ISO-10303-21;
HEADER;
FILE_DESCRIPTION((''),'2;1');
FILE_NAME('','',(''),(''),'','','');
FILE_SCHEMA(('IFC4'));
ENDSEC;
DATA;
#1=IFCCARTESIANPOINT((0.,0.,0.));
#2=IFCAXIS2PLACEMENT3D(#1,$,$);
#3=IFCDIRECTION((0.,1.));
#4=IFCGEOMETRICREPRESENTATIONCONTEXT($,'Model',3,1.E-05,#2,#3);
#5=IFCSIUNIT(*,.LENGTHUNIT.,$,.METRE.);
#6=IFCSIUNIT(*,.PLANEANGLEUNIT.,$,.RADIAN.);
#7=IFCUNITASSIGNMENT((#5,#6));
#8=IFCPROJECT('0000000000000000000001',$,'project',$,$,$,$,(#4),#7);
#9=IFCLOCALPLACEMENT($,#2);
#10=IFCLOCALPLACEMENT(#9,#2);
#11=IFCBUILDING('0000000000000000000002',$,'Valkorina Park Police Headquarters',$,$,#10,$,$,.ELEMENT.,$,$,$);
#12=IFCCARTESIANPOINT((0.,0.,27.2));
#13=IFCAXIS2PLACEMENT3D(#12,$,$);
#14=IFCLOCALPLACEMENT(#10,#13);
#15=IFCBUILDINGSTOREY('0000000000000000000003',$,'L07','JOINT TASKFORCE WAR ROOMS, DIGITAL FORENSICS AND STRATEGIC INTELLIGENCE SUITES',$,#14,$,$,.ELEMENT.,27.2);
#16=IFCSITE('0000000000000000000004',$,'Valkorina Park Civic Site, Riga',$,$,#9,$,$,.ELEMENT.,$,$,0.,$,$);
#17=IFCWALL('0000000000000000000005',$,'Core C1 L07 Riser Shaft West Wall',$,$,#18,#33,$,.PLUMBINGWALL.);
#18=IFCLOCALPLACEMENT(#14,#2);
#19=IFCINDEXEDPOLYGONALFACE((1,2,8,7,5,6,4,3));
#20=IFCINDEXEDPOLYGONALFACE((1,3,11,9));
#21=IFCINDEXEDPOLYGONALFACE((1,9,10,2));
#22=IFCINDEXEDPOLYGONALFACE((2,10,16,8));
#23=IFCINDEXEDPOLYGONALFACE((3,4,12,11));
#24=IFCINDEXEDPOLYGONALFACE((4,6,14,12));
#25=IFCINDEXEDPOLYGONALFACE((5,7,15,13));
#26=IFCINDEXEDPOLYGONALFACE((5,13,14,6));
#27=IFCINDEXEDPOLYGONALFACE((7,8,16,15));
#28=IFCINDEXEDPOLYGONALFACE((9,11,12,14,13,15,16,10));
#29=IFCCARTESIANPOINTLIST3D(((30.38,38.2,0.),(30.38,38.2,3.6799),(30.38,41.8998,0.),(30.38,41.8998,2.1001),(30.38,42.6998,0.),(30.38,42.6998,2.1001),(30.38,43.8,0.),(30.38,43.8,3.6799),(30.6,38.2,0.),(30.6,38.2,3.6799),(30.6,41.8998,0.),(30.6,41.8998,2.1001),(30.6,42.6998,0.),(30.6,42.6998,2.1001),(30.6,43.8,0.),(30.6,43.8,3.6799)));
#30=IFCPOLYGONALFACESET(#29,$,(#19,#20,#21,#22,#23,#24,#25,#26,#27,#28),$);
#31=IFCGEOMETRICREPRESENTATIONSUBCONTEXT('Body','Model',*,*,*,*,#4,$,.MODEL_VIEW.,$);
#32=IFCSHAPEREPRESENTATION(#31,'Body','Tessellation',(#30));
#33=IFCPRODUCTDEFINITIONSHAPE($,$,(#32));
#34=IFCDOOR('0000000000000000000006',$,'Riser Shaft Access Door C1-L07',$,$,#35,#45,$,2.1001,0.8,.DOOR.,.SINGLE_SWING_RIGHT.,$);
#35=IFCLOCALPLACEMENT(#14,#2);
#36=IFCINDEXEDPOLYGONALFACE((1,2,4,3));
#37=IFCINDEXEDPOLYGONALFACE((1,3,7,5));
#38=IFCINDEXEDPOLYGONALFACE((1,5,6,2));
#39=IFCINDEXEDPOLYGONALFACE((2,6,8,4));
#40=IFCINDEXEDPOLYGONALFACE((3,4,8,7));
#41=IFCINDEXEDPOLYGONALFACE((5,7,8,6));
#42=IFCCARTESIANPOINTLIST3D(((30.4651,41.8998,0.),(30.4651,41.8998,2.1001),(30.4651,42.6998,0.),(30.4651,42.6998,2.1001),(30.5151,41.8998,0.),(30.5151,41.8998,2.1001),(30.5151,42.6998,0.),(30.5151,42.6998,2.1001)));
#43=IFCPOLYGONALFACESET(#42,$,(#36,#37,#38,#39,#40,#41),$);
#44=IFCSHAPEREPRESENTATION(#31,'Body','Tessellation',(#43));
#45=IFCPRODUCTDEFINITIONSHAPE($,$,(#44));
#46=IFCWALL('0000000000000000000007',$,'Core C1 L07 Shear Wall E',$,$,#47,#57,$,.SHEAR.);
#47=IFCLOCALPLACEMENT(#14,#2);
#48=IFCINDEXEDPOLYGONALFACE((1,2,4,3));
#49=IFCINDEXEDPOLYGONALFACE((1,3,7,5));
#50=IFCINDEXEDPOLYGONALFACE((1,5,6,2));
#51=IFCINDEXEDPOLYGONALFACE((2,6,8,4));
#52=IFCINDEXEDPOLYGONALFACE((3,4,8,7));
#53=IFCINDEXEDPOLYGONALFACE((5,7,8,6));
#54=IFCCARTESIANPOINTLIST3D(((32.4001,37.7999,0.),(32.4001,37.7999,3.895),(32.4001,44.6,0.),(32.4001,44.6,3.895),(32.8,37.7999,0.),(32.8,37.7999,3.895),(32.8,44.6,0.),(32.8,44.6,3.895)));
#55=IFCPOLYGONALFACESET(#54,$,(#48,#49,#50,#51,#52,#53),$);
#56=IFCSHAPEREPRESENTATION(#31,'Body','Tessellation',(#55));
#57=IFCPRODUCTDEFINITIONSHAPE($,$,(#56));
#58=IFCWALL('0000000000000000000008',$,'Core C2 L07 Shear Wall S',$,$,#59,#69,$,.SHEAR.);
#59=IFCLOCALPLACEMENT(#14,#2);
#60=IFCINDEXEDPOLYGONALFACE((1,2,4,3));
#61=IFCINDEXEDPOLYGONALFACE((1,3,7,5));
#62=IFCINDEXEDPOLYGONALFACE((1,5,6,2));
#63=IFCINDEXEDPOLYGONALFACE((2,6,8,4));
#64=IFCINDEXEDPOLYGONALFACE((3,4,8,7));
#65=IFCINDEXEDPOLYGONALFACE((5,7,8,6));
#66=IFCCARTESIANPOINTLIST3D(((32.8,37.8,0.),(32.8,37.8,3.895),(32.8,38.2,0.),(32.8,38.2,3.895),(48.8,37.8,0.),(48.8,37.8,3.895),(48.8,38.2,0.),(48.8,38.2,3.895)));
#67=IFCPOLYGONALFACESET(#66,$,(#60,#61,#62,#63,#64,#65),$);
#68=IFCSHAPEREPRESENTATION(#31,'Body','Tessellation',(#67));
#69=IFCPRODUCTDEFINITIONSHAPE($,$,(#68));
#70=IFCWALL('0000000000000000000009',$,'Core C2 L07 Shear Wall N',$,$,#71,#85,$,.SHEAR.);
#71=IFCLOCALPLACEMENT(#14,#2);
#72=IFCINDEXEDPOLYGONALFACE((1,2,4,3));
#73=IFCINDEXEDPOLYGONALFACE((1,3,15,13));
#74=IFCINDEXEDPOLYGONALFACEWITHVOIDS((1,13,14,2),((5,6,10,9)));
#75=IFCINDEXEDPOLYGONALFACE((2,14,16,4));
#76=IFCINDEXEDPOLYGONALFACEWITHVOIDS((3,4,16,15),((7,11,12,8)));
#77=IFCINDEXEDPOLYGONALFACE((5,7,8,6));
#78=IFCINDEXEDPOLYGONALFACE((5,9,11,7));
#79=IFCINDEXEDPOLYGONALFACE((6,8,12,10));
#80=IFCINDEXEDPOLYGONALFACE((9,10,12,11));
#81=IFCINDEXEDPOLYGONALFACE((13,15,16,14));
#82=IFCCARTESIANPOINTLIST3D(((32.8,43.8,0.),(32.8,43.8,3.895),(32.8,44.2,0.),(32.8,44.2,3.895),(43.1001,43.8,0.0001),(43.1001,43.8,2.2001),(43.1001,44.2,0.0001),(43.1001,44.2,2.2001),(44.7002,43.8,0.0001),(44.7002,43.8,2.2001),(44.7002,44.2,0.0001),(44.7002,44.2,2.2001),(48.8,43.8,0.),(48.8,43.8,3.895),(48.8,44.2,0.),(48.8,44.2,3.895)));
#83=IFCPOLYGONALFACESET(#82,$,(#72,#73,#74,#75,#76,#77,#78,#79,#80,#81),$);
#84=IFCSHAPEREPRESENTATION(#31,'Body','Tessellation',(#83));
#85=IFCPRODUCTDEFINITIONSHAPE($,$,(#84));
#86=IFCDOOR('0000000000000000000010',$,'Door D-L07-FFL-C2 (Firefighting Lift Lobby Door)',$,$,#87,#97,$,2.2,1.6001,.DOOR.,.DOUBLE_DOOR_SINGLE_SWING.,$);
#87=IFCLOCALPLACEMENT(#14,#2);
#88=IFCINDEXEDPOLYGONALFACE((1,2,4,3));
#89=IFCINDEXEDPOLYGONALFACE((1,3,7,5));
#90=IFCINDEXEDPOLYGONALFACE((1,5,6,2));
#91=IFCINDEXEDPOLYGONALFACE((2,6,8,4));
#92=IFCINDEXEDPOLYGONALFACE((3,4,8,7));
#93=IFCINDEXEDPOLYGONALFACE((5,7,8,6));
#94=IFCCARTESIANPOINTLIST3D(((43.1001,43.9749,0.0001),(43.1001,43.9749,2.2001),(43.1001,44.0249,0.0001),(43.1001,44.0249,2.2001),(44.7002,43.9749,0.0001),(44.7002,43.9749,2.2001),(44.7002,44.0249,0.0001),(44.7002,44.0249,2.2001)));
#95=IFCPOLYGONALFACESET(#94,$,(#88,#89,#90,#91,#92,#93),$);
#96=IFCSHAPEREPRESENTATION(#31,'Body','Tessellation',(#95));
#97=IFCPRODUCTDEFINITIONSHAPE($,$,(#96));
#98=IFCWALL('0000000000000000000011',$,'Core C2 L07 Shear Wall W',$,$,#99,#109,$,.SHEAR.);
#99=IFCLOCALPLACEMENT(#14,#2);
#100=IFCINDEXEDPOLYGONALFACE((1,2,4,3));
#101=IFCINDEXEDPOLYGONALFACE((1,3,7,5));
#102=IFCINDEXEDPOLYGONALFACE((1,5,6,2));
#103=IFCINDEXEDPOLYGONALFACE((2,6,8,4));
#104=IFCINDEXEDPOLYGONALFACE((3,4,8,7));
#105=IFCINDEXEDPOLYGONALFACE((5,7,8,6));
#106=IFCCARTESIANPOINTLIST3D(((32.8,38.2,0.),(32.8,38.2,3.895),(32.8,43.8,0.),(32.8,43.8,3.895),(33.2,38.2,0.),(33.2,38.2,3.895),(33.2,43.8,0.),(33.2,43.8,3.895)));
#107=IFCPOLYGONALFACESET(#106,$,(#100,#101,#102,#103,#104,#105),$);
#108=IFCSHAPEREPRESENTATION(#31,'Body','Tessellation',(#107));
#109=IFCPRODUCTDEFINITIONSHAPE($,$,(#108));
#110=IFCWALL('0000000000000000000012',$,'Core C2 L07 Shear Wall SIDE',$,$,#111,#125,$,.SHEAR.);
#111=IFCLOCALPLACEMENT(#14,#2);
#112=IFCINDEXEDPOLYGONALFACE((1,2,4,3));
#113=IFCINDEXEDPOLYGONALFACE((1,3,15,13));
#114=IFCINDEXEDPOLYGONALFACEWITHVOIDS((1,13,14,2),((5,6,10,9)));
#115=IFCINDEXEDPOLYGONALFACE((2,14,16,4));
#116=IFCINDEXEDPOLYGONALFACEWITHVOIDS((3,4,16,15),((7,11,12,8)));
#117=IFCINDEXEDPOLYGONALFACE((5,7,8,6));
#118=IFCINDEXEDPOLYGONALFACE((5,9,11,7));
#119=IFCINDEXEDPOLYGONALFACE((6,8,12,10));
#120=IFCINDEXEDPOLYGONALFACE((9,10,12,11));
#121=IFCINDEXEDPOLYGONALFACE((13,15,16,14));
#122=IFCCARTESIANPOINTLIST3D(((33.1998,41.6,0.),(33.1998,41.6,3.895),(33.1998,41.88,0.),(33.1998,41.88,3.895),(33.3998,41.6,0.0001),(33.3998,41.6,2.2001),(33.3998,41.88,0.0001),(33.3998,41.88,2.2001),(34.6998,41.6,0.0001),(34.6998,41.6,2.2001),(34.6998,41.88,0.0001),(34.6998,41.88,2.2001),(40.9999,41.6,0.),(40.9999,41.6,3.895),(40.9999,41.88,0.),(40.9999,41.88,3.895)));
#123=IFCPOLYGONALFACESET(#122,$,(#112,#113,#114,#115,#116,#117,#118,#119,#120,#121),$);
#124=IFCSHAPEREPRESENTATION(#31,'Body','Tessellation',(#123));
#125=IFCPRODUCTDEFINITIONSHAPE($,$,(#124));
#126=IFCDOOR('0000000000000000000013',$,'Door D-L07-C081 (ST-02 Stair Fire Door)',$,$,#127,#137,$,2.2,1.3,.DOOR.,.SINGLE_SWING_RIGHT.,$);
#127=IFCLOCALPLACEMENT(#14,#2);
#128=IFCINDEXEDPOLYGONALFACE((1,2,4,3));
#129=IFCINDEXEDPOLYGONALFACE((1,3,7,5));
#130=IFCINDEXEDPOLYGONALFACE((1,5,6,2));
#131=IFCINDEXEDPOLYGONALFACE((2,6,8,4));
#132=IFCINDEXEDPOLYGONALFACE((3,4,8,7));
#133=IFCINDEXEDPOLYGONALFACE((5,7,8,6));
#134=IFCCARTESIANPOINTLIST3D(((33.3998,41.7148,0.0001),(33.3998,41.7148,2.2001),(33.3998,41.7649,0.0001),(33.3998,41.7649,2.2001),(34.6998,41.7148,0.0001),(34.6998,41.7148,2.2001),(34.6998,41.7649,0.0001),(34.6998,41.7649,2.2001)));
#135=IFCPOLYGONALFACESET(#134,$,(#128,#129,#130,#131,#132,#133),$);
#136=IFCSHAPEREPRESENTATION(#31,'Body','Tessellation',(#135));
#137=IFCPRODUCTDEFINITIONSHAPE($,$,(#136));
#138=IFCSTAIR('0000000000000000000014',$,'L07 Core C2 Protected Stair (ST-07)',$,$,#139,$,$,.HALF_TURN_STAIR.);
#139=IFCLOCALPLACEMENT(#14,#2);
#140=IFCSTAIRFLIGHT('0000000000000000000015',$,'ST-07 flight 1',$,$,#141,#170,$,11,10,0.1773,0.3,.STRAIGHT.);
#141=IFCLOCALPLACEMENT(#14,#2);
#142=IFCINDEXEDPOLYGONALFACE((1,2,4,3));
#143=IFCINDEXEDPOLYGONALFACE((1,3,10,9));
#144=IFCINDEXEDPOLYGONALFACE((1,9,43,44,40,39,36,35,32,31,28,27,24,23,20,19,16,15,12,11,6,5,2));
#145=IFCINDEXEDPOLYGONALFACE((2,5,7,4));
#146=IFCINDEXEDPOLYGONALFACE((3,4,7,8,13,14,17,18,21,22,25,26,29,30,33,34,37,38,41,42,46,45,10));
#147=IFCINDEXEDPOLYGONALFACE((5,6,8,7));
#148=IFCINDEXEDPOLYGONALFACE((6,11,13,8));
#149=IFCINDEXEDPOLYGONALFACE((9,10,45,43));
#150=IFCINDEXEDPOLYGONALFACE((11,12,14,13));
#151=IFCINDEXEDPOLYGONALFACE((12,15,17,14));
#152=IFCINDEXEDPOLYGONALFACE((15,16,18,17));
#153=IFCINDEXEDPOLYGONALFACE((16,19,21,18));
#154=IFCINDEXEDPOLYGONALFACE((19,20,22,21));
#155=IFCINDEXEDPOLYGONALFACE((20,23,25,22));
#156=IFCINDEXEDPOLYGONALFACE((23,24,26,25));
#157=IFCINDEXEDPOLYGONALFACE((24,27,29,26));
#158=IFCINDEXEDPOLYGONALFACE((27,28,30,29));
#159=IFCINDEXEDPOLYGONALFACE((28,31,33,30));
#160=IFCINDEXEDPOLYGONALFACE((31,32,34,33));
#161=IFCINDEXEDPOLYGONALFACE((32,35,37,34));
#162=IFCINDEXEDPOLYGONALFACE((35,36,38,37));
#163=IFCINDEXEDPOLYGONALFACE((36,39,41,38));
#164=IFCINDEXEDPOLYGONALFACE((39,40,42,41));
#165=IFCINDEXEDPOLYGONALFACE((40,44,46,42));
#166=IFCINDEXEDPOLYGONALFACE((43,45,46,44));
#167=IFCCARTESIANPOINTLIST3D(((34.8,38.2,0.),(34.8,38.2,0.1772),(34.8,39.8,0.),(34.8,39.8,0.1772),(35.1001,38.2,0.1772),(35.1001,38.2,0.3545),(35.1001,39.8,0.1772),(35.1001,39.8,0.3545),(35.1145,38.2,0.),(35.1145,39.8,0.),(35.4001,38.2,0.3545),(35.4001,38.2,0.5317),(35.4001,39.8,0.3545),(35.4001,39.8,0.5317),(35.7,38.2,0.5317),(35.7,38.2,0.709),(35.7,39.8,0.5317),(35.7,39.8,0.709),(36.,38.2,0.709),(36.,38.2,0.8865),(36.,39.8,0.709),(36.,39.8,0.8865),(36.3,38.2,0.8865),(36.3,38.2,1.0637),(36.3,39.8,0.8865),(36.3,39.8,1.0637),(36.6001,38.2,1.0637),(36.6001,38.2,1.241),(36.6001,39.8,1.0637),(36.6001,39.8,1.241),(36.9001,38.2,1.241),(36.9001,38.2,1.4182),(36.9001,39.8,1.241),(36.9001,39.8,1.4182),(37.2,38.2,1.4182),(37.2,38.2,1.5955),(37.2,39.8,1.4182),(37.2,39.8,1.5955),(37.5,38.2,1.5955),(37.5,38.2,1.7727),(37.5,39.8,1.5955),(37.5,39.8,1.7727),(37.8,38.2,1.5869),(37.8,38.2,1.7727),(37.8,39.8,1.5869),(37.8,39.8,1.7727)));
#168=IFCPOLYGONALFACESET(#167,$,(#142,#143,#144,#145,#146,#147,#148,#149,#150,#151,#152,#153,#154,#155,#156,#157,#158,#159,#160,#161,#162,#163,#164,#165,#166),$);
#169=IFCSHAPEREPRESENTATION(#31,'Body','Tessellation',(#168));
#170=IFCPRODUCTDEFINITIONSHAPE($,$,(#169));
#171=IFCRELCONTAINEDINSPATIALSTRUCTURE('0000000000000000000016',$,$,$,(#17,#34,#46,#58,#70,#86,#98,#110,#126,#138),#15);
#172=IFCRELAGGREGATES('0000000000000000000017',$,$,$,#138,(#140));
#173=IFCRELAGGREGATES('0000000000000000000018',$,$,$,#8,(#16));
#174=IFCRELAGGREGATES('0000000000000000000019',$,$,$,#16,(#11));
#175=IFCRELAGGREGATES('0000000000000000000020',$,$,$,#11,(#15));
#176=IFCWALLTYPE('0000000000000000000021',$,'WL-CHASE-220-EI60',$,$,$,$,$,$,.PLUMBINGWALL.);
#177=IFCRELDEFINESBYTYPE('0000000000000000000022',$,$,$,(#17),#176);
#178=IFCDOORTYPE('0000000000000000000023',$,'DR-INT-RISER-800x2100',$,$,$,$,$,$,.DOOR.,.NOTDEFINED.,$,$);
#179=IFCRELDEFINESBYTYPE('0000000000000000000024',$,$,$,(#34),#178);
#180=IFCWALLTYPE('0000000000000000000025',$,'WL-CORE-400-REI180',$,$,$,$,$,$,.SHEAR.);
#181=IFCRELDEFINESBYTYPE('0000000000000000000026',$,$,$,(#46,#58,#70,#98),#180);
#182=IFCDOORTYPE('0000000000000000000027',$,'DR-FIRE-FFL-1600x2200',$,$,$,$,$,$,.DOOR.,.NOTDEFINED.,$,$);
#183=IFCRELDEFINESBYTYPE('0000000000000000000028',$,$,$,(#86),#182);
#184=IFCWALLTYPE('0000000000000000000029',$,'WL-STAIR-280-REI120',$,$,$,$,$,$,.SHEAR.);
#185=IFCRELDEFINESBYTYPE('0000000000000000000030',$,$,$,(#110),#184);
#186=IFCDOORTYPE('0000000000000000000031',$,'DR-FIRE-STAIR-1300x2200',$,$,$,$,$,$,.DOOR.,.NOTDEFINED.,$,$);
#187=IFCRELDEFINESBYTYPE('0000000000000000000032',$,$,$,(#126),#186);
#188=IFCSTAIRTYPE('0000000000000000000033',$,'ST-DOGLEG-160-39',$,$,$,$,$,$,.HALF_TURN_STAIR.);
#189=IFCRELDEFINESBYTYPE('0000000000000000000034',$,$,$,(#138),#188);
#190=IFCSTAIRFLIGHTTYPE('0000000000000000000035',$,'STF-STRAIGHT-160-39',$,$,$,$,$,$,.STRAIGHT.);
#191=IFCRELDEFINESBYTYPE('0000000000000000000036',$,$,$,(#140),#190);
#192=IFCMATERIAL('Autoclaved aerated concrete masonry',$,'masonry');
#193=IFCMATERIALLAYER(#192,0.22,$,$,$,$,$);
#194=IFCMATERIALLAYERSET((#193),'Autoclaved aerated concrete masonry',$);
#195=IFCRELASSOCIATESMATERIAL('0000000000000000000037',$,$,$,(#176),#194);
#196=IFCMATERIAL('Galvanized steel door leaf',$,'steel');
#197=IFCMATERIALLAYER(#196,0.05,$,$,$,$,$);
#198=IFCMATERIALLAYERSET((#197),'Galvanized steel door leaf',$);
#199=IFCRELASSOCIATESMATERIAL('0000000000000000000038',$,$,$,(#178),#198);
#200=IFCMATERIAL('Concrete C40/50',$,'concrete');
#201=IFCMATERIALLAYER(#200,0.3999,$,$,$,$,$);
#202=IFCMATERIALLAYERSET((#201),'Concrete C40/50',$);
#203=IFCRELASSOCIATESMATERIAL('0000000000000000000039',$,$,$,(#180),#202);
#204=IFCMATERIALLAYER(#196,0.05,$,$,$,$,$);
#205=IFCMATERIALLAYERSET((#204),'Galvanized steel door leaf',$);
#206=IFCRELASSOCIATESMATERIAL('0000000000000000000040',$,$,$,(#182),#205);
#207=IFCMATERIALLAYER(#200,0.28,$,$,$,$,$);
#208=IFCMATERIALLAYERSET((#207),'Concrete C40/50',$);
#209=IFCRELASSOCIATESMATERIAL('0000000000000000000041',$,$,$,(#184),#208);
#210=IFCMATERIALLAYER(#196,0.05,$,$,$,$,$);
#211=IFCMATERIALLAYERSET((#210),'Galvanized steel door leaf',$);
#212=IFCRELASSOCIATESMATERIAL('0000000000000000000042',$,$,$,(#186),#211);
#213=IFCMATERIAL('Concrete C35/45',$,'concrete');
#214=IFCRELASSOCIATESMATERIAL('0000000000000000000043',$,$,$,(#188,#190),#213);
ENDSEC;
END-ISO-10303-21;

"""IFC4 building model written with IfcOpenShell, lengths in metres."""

from ifc_helpers import new_model, si_unit, direction, frame, frame_2d, origin, place, context, subcontext, project, spatial, polyline, rectangle, outline, extrude, material, layer, layer_set, type_object, element, fill, aggregate, save


model = new_model("IFC4")

# Units and contexts
model_context = context("Model", 3, precision=1e-05, world=origin(), true_north=direction((0.0, 1.0)))
body_context = subcontext(model_context, "Body", "Model", "MODEL_VIEW")
ifc_project = project(units=[si_unit("LENGTHUNIT", "METRE"), si_unit("PLANEANGLEUNIT", "RADIAN")], contexts=[model_context])

# Site, building, storey
site_placement = place(None, origin())
site = spatial("IfcSite", under=ifc_project, at=site_placement, Name="Valkorina Park Civic Site, Riga", CompositionType="ELEMENT", RefElevation=0.0)
building_placement = place(site_placement, origin())
building = spatial("IfcBuilding", under=site, at=building_placement, Name="Valkorina Park Police Headquarters", CompositionType="ELEMENT")
storey_placement = place(building_placement, frame((0.0, 0.0, 27.2)))
storey = spatial("IfcBuildingStorey", under=building, at=storey_placement, Name="L07", Description="JOINT TASKFORCE WAR ROOMS, DIGITAL FORENSICS AND STRATEGIC INTELLIGENCE SUITES", CompositionType="ELEMENT", Elevation=27.2)

# Shared definitions
ifc_material_1 = material(Name="Autoclaved aerated concrete masonry", Category="masonry")
ifc_layer_1 = layer(ifc_material_1, 0.22)
ifc_layer_set_1 = layer_set([ifc_layer_1], Name="Autoclaved aerated concrete masonry")
wall_type_1 = type_object("IfcWallType", Name="WL-CHASE-220-EI60", PredefinedType="PLUMBINGWALL", material=ifc_layer_set_1)

# Wall, opening, door
wall_1_placement = place(storey_placement, frame((30.49, 38.2, 0.0), z_axis=(0.0, 0.0, 1.0), x_axis=(0.0, 1.0, 0.0)))
wall_1 = element("IfcWall", 1, at=wall_1_placement, inside=storey, type_object=wall_type_1, Name="Core C1 L07 Riser Shaft West Wall", PredefinedType="PLUMBINGWALL", context=body_context, shape_type="SweptSolid", body=[
    extrude(rectangle(XDim=5.6001, YDim=0.22, at=frame_2d((2.8, 0.0))), origin(), (0.0, 0.0, 1.0), 3.6799),
])
opening_1_placement = place(wall_1_placement, frame((3.7, 0.0, 0.0)))
opening_1 = element("IfcOpeningElement", 2, at=opening_1_placement, cuts=wall_1, PredefinedType="OPENING", context=body_context, shape_type="SweptSolid", body=[
    extrude(rectangle(XDim=0.8, YDim=2.1001, at=frame_2d((0.3999, 1.05))), frame((0.0, 0.1201, 0.0), z_axis=(0.0, -1.0, 0.0), x_axis=(1.0, 0.0, 0.0)), (0.0, 0.0, 1.0), 0.24),
])
ifc_material_2 = material(Name="Galvanized steel door leaf", Category="steel")
ifc_layer_2 = layer(ifc_material_2, 0.05)
ifc_layer_set_2 = layer_set([ifc_layer_2], Name="Galvanized steel door leaf")
door_type_1 = type_object("IfcDoorType", Name="DR-INT-RISER-800x2100", OperationType="NOTDEFINED", PredefinedType="DOOR", material=ifc_layer_set_2)
door_1_placement = place(opening_1_placement, origin())
door_1 = element("IfcDoor", 3, at=door_1_placement, inside=storey, type_object=door_type_1, Name="Riser Shaft Access Door C1-L07", OperationType="SINGLE_SWING_RIGHT", OverallHeight=2.1001, OverallWidth=0.8, PredefinedType="DOOR", context=body_context, shape_type="SweptSolid", body=[
    extrude(rectangle(XDim=0.8, YDim=2.1001, at=frame_2d((0.3999, 1.05))), frame((0.0, 0.0249, 0.0), z_axis=(0.0, -1.0, 0.0), x_axis=(1.0, 0.0, 0.0)), (0.0, 0.0, 1.0), 0.05),
])
fill(opening_1, door_1)

# Walls
ifc_material_3 = material(Name="Concrete C40/50", Category="concrete")
ifc_layer_3 = layer(ifc_material_3, 0.3999)
ifc_layer_set_3 = layer_set([ifc_layer_3], Name="Concrete C40/50")
wall_type_2 = type_object("IfcWallType", Name="WL-CORE-400-REI180", PredefinedType="SHEAR", material=ifc_layer_set_3)
wall_2_placement = place(storey_placement, frame((32.6001, 37.8, 0.0), z_axis=(0.0, 0.0, 1.0), x_axis=(0.0, 1.0, 0.0)))
element("IfcWall", 4, at=wall_2_placement, inside=storey, type_object=wall_type_2, Name="Core C1 L07 Shear Wall E", PredefinedType="SHEAR", context=body_context, shape_type="SweptSolid", body=[
    extrude(rectangle(XDim=6.8, YDim=0.3999, at=frame_2d((3.3999, 0.0))), origin(), (0.0, 0.0, 1.0), 3.895),
])
wall_3_placement = place(storey_placement, frame((32.8, 38.0, 0.0), z_axis=(0.0, 0.0, 1.0), x_axis=(1.0, 0.0, 0.0)))
element("IfcWall", 5, at=wall_3_placement, inside=storey, type_object=wall_type_2, Name="Core C2 L07 Shear Wall S", PredefinedType="SHEAR", context=body_context, shape_type="SweptSolid", body=[
    extrude(rectangle(XDim=16.0, YDim=0.3999, at=frame_2d((8.0, 0.0))), origin(), (0.0, 0.0, 1.0), 3.895),
])

# Wall, opening, door
wall_4_placement = place(storey_placement, frame((32.8, 44.0, 0.0), z_axis=(0.0, 0.0, 1.0), x_axis=(1.0, 0.0, 0.0)))
wall_4 = element("IfcWall", 6, at=wall_4_placement, inside=storey, type_object=wall_type_2, Name="Core C2 L07 Shear Wall N", PredefinedType="SHEAR", context=body_context, shape_type="SweptSolid", body=[
    extrude(rectangle(XDim=16.0, YDim=0.3999, at=frame_2d((8.0, 0.0))), origin(), (0.0, 0.0, 1.0), 3.895),
])
opening_2_placement = place(wall_4_placement, frame((10.3, 0.0, 0.0)))
opening_2 = element("IfcOpeningElement", 7, at=opening_2_placement, cuts=wall_4, PredefinedType="OPENING", context=body_context, shape_type="SweptSolid", body=[
    extrude(rectangle(XDim=1.6001, YDim=2.2, at=frame_2d((0.8, 1.1001))), frame((0.0, 0.21, 0.0), z_axis=(0.0, -1.0, 0.0), x_axis=(1.0, 0.0, 0.0)), (0.0, 0.0, 1.0), 0.4199),
])
ifc_layer_4 = layer(ifc_material_2, 0.05)
ifc_layer_set_4 = layer_set([ifc_layer_4], Name="Galvanized steel door leaf")
door_type_2 = type_object("IfcDoorType", Name="DR-FIRE-FFL-1600x2200", OperationType="NOTDEFINED", PredefinedType="DOOR", material=ifc_layer_set_4)
door_2_placement = place(opening_2_placement, origin())
door_2 = element("IfcDoor", 8, at=door_2_placement, inside=storey, type_object=door_type_2, Name="Door D-L07-FFL-C2 (Firefighting Lift Lobby Door)", OperationType="DOUBLE_DOOR_SINGLE_SWING", OverallHeight=2.2, OverallWidth=1.6001, PredefinedType="DOOR", context=body_context, shape_type="SweptSolid", body=[
    extrude(rectangle(XDim=1.6001, YDim=2.2, at=frame_2d((0.8, 1.1001))), frame((0.0, 0.0249, 0.0), z_axis=(0.0, -1.0, 0.0), x_axis=(1.0, 0.0, 0.0)), (0.0, 0.0, 1.0), 0.05),
])
fill(opening_2, door_2)

# Wall
wall_5_placement = place(storey_placement, frame((33.0, 38.2, 0.0), z_axis=(0.0, 0.0, 1.0), x_axis=(0.0, 1.0, 0.0)))
element("IfcWall", 9, at=wall_5_placement, inside=storey, type_object=wall_type_2, Name="Core C2 L07 Shear Wall W", PredefinedType="SHEAR", context=body_context, shape_type="SweptSolid", body=[
    extrude(rectangle(XDim=5.6001, YDim=0.3999, at=frame_2d((2.8, 0.0))), origin(), (0.0, 0.0, 1.0), 3.895),
])

# Wall, opening, door
ifc_layer_5 = layer(ifc_material_3, 0.28)
ifc_layer_set_5 = layer_set([ifc_layer_5], Name="Concrete C40/50")
wall_type_3 = type_object("IfcWallType", Name="WL-STAIR-280-REI120", PredefinedType="SHEAR", material=ifc_layer_set_5)
wall_6_placement = place(storey_placement, frame((33.2, 41.74, 0.0), z_axis=(0.0, 0.0, 1.0), x_axis=(1.0, 0.0, 0.0)))
wall_6 = element("IfcWall", 10, at=wall_6_placement, inside=storey, type_object=wall_type_3, Name="Core C2 L07 Shear Wall SIDE", PredefinedType="SHEAR", context=body_context, shape_type="SweptSolid", body=[
    extrude(rectangle(XDim=7.8, YDim=0.28, at=frame_2d((3.8999, 0.0))), origin(), (0.0, 0.0, 1.0), 3.895),
])
opening_3_placement = place(wall_6_placement, frame((0.2, 0.0, 0.0)))
opening_3 = element("IfcOpeningElement", 11, at=opening_3_placement, cuts=wall_6, PredefinedType="OPENING", context=body_context, shape_type="SweptSolid", body=[
    extrude(rectangle(XDim=1.3, YDim=2.2, at=frame_2d((0.6499, 1.1001))), frame((0.0, 0.1499, 0.0), z_axis=(0.0, -1.0, 0.0), x_axis=(1.0, 0.0, 0.0)), (0.0, 0.0, 1.0), 0.3),
])
ifc_layer_6 = layer(ifc_material_2, 0.05)
ifc_layer_set_6 = layer_set([ifc_layer_6], Name="Galvanized steel door leaf")
door_type_3 = type_object("IfcDoorType", Name="DR-FIRE-STAIR-1300x2200", OperationType="NOTDEFINED", PredefinedType="DOOR", material=ifc_layer_set_6)
door_3_placement = place(opening_3_placement, origin())
door_3 = element("IfcDoor", 12, at=door_3_placement, inside=storey, type_object=door_type_3, Name="Door D-L07-C081 (ST-02 Stair Fire Door)", OperationType="SINGLE_SWING_RIGHT", OverallHeight=2.2, OverallWidth=1.3, PredefinedType="DOOR", context=body_context, shape_type="SweptSolid", body=[
    extrude(rectangle(XDim=1.3, YDim=2.2, at=frame_2d((0.6499, 1.1001))), frame((0.0, 0.0249, 0.0), z_axis=(0.0, -1.0, 0.0), x_axis=(1.0, 0.0, 0.0)), (0.0, 0.0, 1.0), 0.05),
])
fill(opening_3, door_3)

# Stair, stair flight
ifc_material_4 = material(Name="Concrete C35/45", Category="concrete")
stair_type = type_object("IfcStairType", Name="ST-DOGLEG-160-39", PredefinedType="HALF_TURN_STAIR", material=ifc_material_4)
stair_placement = place(storey_placement, origin())
stair = element("IfcStair", 13, at=stair_placement, inside=storey, type_object=stair_type, Name="L07 Core C2 Protected Stair (ST-07)", PredefinedType="HALF_TURN_STAIR")
stair_flight_type = type_object("IfcStairFlightType", Name="STF-STRAIGHT-160-39", PredefinedType="STRAIGHT", material=ifc_material_4)
stair_flight_placement = place(storey_placement, frame((34.8, 39.0, 0.0), z_axis=(0.0, 0.0, 1.0), x_axis=(1.0, 0.0, 0.0)))
stair_flight = element("IfcStairFlight", 14, at=stair_flight_placement, type_object=stair_flight_type, Name="ST-07 flight 1", NumberOfRisers=11, NumberOfTreads=10, PredefinedType="STRAIGHT", RiserHeight=0.1773, TreadLength=0.3, context=body_context, shape_type="SweptSolid", body=[
    extrude(outline(polyline([(0.0, 0.0), (0.0, 0.1772), (0.3, 0.1772), (0.3, 0.3545), (0.6001, 0.3545), (0.6001, 0.5317), (0.8999, 0.5317), (0.8999, 0.709), (1.2, 0.709), (1.2, 0.8865), (1.5, 0.8865), (1.5, 1.0637), (1.8, 1.0637), (1.8, 1.241), (2.1001, 1.241), (2.1001, 1.4182), (2.3999, 1.4182), (2.3999, 1.5955), (2.7, 1.5955), (2.7, 1.7727), (3.0, 1.7727), (3.0, 1.95), (3.0, 1.5869), (0.3145, 0.0), (0.0, 0.0)])), frame((0.0, 0.8, 0.0), z_axis=(0.0, -1.0, 0.0), x_axis=(1.0, 0.0, 0.0)), (0.0, 0.0, 1.0), 1.6001),
])
aggregate(stair, [stair_flight])

save(model, "model.ifc")
